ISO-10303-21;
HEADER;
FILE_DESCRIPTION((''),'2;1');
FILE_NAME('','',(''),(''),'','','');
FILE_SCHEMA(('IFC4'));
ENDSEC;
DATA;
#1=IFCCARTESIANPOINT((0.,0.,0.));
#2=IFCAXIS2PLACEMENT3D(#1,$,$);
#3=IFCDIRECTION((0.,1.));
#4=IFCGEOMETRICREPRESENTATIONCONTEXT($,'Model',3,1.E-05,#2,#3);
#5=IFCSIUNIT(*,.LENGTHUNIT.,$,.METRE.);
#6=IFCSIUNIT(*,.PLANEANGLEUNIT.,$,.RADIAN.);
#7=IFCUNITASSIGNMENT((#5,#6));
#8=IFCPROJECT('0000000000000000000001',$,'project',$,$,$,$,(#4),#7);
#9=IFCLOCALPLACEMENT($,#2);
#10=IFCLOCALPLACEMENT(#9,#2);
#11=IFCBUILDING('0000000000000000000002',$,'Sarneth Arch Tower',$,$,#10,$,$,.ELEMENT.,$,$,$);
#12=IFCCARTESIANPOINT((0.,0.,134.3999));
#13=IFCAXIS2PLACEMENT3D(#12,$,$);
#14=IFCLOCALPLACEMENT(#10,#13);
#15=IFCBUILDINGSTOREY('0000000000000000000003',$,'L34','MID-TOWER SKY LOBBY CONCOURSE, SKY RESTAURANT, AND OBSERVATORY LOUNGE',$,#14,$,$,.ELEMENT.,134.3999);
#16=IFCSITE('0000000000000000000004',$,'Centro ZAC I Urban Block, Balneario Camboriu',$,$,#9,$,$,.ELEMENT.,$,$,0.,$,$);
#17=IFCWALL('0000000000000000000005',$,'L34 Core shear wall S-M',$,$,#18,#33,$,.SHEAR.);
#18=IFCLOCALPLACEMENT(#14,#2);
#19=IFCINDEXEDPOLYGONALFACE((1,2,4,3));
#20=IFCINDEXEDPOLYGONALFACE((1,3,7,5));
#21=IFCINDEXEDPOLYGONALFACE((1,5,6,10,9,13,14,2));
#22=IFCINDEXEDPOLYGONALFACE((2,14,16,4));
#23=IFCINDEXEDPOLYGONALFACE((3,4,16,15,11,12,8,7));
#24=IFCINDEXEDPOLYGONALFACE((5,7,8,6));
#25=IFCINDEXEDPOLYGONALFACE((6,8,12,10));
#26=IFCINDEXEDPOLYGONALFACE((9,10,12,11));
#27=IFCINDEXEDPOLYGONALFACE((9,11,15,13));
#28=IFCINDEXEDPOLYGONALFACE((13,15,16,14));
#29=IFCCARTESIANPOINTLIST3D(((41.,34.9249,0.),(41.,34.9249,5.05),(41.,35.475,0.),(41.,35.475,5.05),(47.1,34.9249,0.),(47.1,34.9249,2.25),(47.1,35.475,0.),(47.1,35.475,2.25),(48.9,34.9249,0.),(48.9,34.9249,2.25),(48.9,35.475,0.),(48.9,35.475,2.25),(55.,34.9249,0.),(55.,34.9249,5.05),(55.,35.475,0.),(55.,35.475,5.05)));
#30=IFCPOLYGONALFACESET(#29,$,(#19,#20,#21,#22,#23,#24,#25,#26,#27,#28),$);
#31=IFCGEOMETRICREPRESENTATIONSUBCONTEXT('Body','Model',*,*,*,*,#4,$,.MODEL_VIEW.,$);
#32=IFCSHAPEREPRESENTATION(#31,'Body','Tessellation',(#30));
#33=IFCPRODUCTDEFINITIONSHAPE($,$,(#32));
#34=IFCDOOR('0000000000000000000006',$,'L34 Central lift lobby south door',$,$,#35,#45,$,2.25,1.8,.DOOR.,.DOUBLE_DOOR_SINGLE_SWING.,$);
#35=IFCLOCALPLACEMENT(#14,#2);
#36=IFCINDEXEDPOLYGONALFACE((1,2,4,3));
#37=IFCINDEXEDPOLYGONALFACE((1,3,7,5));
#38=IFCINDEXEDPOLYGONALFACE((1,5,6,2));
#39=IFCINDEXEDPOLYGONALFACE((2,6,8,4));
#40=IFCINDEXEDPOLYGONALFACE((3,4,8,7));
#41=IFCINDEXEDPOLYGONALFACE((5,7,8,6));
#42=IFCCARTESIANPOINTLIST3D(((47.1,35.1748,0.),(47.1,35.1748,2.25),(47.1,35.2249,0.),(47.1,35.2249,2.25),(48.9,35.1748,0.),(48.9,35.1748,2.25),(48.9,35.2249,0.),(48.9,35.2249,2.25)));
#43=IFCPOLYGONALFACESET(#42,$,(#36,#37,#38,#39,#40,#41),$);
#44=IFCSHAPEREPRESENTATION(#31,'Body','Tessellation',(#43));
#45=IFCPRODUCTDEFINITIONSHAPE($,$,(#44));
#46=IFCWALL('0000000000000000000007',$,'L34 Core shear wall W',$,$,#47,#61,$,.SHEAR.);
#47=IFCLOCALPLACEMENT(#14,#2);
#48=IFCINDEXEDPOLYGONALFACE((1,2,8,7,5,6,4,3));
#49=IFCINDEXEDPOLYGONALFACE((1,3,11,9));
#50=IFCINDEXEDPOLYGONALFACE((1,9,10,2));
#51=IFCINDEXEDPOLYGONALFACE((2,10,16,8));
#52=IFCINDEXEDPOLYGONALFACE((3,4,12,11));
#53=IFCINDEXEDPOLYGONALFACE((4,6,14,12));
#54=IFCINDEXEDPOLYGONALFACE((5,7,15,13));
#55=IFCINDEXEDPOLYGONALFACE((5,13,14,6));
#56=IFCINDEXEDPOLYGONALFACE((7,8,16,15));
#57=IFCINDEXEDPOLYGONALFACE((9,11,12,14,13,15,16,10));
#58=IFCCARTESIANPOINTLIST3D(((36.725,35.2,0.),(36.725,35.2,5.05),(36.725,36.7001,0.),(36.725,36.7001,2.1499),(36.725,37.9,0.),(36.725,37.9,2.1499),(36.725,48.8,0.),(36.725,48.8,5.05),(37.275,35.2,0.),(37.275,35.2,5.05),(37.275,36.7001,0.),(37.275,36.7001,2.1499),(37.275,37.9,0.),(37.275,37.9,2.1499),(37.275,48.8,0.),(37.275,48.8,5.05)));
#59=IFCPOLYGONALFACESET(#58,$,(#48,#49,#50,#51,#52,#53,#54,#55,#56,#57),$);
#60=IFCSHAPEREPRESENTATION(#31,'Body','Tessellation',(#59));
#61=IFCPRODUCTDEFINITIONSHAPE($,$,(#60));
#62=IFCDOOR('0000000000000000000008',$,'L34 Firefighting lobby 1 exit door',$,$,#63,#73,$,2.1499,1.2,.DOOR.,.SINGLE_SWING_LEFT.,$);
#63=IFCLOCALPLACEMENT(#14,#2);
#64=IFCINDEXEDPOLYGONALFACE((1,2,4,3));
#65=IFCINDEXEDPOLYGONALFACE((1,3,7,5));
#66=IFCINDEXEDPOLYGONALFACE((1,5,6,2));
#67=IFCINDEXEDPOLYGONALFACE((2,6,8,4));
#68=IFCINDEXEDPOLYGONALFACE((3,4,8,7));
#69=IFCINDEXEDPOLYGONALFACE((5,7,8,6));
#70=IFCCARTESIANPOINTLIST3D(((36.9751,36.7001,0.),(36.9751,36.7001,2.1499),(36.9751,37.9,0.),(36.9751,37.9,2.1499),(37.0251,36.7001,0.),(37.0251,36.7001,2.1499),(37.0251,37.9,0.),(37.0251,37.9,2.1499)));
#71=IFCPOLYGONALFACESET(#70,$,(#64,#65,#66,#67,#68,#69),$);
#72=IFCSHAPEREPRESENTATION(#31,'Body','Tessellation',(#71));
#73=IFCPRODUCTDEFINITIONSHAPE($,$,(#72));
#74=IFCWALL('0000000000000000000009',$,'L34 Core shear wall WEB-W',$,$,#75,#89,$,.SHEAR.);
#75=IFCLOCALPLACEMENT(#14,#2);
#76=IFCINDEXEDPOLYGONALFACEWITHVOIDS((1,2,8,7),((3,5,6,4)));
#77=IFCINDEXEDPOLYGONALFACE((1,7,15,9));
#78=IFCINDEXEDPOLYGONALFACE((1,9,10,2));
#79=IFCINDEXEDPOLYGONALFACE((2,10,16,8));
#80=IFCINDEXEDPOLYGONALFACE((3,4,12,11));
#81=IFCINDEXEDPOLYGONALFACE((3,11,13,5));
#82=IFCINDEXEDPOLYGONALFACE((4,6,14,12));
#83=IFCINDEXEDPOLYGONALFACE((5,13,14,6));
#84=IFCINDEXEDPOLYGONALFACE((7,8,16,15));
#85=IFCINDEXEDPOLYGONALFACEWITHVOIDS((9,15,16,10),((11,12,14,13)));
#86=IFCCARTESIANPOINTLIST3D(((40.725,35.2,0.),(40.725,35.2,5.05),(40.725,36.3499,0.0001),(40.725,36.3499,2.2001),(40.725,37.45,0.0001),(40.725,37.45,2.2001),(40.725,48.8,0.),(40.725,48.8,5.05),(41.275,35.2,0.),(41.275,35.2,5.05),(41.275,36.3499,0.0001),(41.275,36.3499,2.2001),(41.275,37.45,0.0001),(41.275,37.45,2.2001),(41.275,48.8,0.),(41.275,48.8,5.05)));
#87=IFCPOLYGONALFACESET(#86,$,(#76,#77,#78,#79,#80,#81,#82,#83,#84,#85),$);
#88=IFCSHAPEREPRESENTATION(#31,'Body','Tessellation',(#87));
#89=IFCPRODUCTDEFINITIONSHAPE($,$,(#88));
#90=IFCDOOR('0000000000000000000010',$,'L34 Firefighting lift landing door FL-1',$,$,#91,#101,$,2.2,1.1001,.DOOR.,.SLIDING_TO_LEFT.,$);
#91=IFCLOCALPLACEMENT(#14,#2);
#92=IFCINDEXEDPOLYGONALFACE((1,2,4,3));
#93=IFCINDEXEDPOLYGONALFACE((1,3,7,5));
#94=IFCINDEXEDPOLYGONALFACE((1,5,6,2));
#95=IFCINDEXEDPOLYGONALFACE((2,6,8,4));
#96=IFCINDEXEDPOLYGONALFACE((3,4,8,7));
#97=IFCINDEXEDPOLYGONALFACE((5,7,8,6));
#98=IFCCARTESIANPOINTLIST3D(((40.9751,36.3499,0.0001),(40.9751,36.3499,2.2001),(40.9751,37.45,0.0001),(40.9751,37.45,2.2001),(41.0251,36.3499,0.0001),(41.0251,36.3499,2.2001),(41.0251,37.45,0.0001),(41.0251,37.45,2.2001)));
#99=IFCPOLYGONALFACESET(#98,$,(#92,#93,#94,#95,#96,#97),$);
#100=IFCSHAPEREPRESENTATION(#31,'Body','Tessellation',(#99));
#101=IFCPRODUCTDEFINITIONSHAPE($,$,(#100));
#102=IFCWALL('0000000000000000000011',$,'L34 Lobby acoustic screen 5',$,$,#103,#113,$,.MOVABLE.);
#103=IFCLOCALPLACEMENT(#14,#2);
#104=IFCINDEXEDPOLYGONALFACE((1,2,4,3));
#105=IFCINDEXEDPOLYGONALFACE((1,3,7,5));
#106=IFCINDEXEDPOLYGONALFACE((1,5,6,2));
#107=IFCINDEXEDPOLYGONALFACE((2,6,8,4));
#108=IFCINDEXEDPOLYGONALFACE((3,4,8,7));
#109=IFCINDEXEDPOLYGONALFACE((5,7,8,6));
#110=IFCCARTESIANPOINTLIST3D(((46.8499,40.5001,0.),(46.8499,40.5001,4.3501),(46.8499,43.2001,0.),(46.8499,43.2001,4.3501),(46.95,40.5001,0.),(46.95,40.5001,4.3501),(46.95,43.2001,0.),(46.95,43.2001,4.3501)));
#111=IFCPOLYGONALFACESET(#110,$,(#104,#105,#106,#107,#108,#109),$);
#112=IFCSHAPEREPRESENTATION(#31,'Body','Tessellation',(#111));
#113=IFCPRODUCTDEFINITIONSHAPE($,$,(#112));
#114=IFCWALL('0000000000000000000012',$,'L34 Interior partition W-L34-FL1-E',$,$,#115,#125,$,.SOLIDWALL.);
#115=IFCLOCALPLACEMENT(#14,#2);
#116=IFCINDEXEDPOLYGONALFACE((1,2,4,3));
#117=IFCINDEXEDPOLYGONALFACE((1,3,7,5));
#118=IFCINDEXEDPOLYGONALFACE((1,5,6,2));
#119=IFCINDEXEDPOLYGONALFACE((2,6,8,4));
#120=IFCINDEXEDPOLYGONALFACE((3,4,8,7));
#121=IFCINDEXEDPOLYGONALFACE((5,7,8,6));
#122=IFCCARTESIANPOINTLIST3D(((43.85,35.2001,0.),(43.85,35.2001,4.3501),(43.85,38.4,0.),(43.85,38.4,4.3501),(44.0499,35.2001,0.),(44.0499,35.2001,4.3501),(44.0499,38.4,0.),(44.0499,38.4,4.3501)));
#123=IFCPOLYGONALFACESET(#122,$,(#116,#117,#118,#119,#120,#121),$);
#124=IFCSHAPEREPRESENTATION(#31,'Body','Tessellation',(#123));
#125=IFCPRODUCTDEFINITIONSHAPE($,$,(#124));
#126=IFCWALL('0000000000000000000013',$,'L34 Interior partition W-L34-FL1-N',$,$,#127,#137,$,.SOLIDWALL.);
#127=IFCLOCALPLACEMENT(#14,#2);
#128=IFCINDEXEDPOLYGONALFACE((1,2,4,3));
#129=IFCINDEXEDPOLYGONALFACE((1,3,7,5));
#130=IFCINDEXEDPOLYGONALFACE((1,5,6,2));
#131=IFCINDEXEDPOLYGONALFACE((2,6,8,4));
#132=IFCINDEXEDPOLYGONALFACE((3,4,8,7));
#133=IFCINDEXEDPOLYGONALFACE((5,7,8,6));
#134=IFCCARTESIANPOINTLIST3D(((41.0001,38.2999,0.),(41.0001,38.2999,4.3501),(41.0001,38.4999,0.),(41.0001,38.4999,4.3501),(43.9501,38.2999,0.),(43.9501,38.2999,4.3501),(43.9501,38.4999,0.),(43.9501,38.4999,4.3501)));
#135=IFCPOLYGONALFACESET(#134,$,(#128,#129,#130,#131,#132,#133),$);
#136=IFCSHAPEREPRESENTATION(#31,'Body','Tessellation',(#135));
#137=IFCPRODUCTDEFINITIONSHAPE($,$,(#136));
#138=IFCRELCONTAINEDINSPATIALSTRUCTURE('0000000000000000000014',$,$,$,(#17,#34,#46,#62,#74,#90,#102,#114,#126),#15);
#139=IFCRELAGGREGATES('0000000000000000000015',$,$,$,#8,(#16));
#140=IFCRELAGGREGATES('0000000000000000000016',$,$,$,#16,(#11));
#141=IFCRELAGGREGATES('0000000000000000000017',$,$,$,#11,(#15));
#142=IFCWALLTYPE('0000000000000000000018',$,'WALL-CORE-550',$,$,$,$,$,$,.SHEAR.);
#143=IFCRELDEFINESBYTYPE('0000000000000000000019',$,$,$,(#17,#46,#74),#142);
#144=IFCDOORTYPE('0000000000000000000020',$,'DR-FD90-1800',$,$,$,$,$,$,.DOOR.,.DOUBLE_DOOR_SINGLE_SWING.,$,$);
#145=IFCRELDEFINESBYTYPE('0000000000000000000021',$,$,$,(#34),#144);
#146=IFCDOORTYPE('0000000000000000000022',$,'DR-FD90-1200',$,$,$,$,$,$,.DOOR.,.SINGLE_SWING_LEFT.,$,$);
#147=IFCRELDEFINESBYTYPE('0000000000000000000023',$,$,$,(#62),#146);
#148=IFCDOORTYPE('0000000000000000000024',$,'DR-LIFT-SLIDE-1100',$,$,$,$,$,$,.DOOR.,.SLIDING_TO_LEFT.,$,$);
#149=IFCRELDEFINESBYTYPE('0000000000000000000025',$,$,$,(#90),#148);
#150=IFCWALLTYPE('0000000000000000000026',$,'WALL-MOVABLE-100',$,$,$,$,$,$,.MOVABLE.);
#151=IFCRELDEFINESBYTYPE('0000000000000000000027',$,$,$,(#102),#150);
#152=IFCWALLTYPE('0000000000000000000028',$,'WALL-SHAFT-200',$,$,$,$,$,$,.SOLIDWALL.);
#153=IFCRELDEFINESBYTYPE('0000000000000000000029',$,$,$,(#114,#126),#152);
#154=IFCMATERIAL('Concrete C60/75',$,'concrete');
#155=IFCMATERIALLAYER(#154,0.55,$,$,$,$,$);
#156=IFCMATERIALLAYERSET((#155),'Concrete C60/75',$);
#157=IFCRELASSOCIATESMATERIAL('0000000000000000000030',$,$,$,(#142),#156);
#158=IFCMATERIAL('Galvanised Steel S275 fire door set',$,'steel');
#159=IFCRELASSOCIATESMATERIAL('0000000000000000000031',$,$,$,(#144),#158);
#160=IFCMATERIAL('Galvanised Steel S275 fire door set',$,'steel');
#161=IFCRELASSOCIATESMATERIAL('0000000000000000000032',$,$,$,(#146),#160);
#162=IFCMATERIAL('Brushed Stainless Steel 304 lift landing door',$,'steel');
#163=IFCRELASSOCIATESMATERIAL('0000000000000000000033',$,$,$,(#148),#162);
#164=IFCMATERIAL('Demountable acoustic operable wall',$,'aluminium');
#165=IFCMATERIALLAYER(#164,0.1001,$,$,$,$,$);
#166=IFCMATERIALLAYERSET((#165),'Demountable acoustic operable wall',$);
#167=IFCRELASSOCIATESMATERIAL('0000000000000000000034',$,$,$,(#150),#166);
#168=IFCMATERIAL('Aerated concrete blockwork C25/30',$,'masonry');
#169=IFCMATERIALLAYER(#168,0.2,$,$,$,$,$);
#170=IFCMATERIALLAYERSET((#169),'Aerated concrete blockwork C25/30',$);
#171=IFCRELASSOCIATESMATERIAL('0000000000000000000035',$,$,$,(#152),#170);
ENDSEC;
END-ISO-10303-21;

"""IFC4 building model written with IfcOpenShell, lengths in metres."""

from ifc_helpers import new_model, si_unit, direction, frame, frame_2d, origin, place, context, subcontext, project, spatial, rectangle, extrude, material, layer, layer_set, type_object, element, fill, save


model = new_model("IFC4")

# Units and contexts
model_context = context("Model", 3, precision=1e-05, world=origin(), true_north=direction((0.0, 1.0)))
body_context = subcontext(model_context, "Body", "Model", "MODEL_VIEW")
ifc_project = project(units=[si_unit("LENGTHUNIT", "METRE"), si_unit("PLANEANGLEUNIT", "RADIAN")], contexts=[model_context])

# Site, building, storey
site_placement = place(None, origin())
site = spatial("IfcSite", under=ifc_project, at=site_placement, Name="Centro ZAC I Urban Block, Balneario Camboriu", CompositionType="ELEMENT", RefElevation=0.0)
building_placement = place(site_placement, origin())
building = spatial("IfcBuilding", under=site, at=building_placement, Name="Sarneth Arch Tower", CompositionType="ELEMENT")
storey_placement = place(building_placement, frame((0.0, 0.0, 134.3999)))
storey = spatial("IfcBuildingStorey", under=building, at=storey_placement, Name="L34", Description="MID-TOWER SKY LOBBY CONCOURSE, SKY RESTAURANT, AND OBSERVATORY LOUNGE", CompositionType="ELEMENT", Elevation=134.3999)

# Shared definitions
ifc_material_1 = material(Name="Concrete C60/75", Category="concrete")
ifc_layer_1 = layer(ifc_material_1, 0.55)
ifc_layer_set_1 = layer_set([ifc_layer_1], Name="Concrete C60/75")
wall_type_1 = type_object("IfcWallType", Name="WALL-CORE-550", PredefinedType="SHEAR", material=ifc_layer_set_1)

# Walls, openings, doors
wall_1_placement = place(storey_placement, frame((41.0, 35.2, 0.0), z_axis=(0.0, 0.0, 1.0), x_axis=(1.0, 0.0, 0.0)))
wall_1 = element("IfcWall", 1, at=wall_1_placement, inside=storey, type_object=wall_type_1, Name="L34 Core shear wall S-M", PredefinedType="SHEAR", context=body_context, shape_type="SweptSolid", body=[
    extrude(rectangle(XDim=14.0, YDim=0.55, at=frame_2d((7.0, 0.0))), origin(), (0.0, 0.0, 1.0), 5.05),
])
opening_1_placement = place(wall_1_placement, frame((6.1001, 0.0, 0.0)))
opening_1 = element("IfcOpeningElement", 2, at=opening_1_placement, cuts=wall_1, PredefinedType="OPENING", context=body_context, shape_type="SweptSolid", body=[
    extrude(rectangle(XDim=1.8, YDim=2.25, at=frame_2d((0.8999, 1.125))), frame((0.0, 0.2849, 0.0), z_axis=(0.0, -1.0, 0.0), x_axis=(1.0, 0.0, 0.0)), (0.0, 0.0, 1.0), 0.5701),
])
ifc_material_2 = material(Name="Galvanised Steel S275 fire door set", Category="steel")
door_type_1 = type_object("IfcDoorType", Name="DR-FD90-1800", OperationType="DOUBLE_DOOR_SINGLE_SWING", PredefinedType="DOOR", material=ifc_material_2)
door_1_placement = place(opening_1_placement, origin())
door_1 = element("IfcDoor", 3, at=door_1_placement, inside=storey, type_object=door_type_1, Name="L34 Central lift lobby south door", OperationType="DOUBLE_DOOR_SINGLE_SWING", OverallHeight=2.25, OverallWidth=1.8, PredefinedType="DOOR", context=body_context, shape_type="SweptSolid", body=[
    extrude(rectangle(XDim=1.8, YDim=2.25, at=frame_2d((0.8999, 1.125))), frame((0.0, 0.0249, 0.0), z_axis=(0.0, -1.0, 0.0), x_axis=(1.0, 0.0, 0.0)), (0.0, 0.0, 1.0), 0.05),
])
fill(opening_1, door_1)
wall_2_placement = place(storey_placement, frame((37.0, 35.2, 0.0), z_axis=(0.0, 0.0, 1.0), x_axis=(0.0, 1.0, 0.0)))
wall_2 = element("IfcWall", 4, at=wall_2_placement, inside=storey, type_object=wall_type_1, Name="L34 Core shear wall W", PredefinedType="SHEAR", context=body_context, shape_type="SweptSolid", body=[
    extrude(rectangle(XDim=13.6001, YDim=0.55, at=frame_2d((6.8, 0.0))), origin(), (0.0, 0.0, 1.0), 5.05),
])
opening_2_placement = place(wall_2_placement, frame((1.5, 0.0, 0.0)))
opening_2 = element("IfcOpeningElement", 5, at=opening_2_placement, cuts=wall_2, PredefinedType="OPENING", context=body_context, shape_type="SweptSolid", body=[
    extrude(rectangle(XDim=1.2, YDim=2.1499, at=frame_2d((0.6001, 1.075))), frame((0.0, 0.2849, 0.0), z_axis=(0.0, -1.0, 0.0), x_axis=(1.0, 0.0, 0.0)), (0.0, 0.0, 1.0), 0.5701),
])
ifc_material_3 = material(Name="Galvanised Steel S275 fire door set", Category="steel")
door_type_2 = type_object("IfcDoorType", Name="DR-FD90-1200", OperationType="SINGLE_SWING_LEFT", PredefinedType="DOOR", material=ifc_material_3)
door_2_placement = place(opening_2_placement, origin())
door_2 = element("IfcDoor", 6, at=door_2_placement, inside=storey, type_object=door_type_2, Name="L34 Firefighting lobby 1 exit door", OperationType="SINGLE_SWING_LEFT", OverallHeight=2.1499, OverallWidth=1.2, PredefinedType="DOOR", context=body_context, shape_type="SweptSolid", body=[
    extrude(rectangle(XDim=1.2, YDim=2.1499, at=frame_2d((0.6001, 1.075))), frame((0.0, 0.0249, 0.0), z_axis=(0.0, -1.0, 0.0), x_axis=(1.0, 0.0, 0.0)), (0.0, 0.0, 1.0), 0.05),
])
fill(opening_2, door_2)
wall_3_placement = place(storey_placement, frame((41.0, 35.2, 0.0), z_axis=(0.0, 0.0, 1.0), x_axis=(0.0, 1.0, 0.0)))
wall_3 = element("IfcWall", 7, at=wall_3_placement, inside=storey, type_object=wall_type_1, Name="L34 Core shear wall WEB-W", PredefinedType="SHEAR", context=body_context, shape_type="SweptSolid", body=[
    extrude(rectangle(XDim=13.6001, YDim=0.55, at=frame_2d((6.8, 0.0))), origin(), (0.0, 0.0, 1.0), 5.05),
])
opening_3_placement = place(wall_3_placement, frame((1.1499, 0.0, 0.0)))
opening_3 = element("IfcOpeningElement", 8, at=opening_3_placement, cuts=wall_3, PredefinedType="OPENING", context=body_context, shape_type="SweptSolid", body=[
    extrude(rectangle(XDim=1.1001, YDim=2.2, at=frame_2d((0.55, 1.1001))), frame((0.0, 0.2849, 0.0), z_axis=(0.0, -1.0, 0.0), x_axis=(1.0, 0.0, 0.0)), (0.0, 0.0, 1.0), 0.5701),
])
ifc_material_4 = material(Name="Brushed Stainless Steel 304 lift landing door", Category="steel")
door_type_3 = type_object("IfcDoorType", Name="DR-LIFT-SLIDE-1100", OperationType="SLIDING_TO_LEFT", PredefinedType="DOOR", material=ifc_material_4)
door_3_placement = place(opening_3_placement, origin())
door_3 = element("IfcDoor", 9, at=door_3_placement, inside=storey, type_object=door_type_3, Name="L34 Firefighting lift landing door FL-1", OperationType="SLIDING_TO_LEFT", OverallHeight=2.2, OverallWidth=1.1001, PredefinedType="DOOR", context=body_context, shape_type="SweptSolid", body=[
    extrude(rectangle(XDim=1.1001, YDim=2.2, at=frame_2d((0.55, 1.1001))), frame((0.0, 0.0249, 0.0), z_axis=(0.0, -1.0, 0.0), x_axis=(1.0, 0.0, 0.0)), (0.0, 0.0, 1.0), 0.05),
])
fill(opening_3, door_3)

# Wall
ifc_material_5 = material(Name="Demountable acoustic operable wall", Category="aluminium")
ifc_layer_2 = layer(ifc_material_5, 0.1001)
ifc_layer_set_2 = layer_set([ifc_layer_2], Name="Demountable acoustic operable wall")
wall_type_2 = type_object("IfcWallType", Name="WALL-MOVABLE-100", PredefinedType="MOVABLE", material=ifc_layer_set_2)
wall_4_placement = place(storey_placement, frame((46.8999, 40.5, 0.0), z_axis=(0.0, 0.0, 1.0), x_axis=(0.0, 1.0, 0.0)))
element("IfcWall", 10, at=wall_4_placement, inside=storey, type_object=wall_type_2, Name="L34 Lobby acoustic screen 5", PredefinedType="MOVABLE", context=body_context, shape_type="SweptSolid", body=[
    extrude(rectangle(XDim=2.7, YDim=0.1001, at=frame_2d((1.3501, 0.0))), origin(), (0.0, 0.0, 1.0), 4.3501),
])

# Shared definitions
ifc_material_6 = material(Name="Aerated concrete blockwork C25/30", Category="masonry")
ifc_layer_3 = layer(ifc_material_6, 0.2)
ifc_layer_set_3 = layer_set([ifc_layer_3], Name="Aerated concrete blockwork C25/30")
wall_type_3 = type_object("IfcWallType", Name="WALL-SHAFT-200", PredefinedType="SOLIDWALL", material=ifc_layer_set_3)

# Walls
wall_5_placement = place(storey_placement, frame((43.95, 35.2, 0.0), z_axis=(0.0, 0.0, 1.0), x_axis=(0.0, 1.0, 0.0)))
element("IfcWall", 11, at=wall_5_placement, inside=storey, type_object=wall_type_3, Name="L34 Interior partition W-L34-FL1-E", PredefinedType="SOLIDWALL", context=body_context, shape_type="SweptSolid", body=[
    extrude(rectangle(XDim=3.2, YDim=0.2, at=frame_2d((1.6001, 0.0))), origin(), (0.0, 0.0, 1.0), 4.3501),
])
wall_6_placement = place(storey_placement, frame((41.0, 38.3999, 0.0), z_axis=(0.0, 0.0, 1.0), x_axis=(1.0, 0.0, 0.0)))
element("IfcWall", 12, at=wall_6_placement, inside=storey, type_object=wall_type_3, Name="L34 Interior partition W-L34-FL1-N", PredefinedType="SOLIDWALL", context=body_context, shape_type="SweptSolid", body=[
    extrude(rectangle(XDim=2.95, YDim=0.2, at=frame_2d((1.4751, 0.0))), origin(), (0.0, 0.0, 1.0), 4.3501),
])

save(model, "model.ifc")
